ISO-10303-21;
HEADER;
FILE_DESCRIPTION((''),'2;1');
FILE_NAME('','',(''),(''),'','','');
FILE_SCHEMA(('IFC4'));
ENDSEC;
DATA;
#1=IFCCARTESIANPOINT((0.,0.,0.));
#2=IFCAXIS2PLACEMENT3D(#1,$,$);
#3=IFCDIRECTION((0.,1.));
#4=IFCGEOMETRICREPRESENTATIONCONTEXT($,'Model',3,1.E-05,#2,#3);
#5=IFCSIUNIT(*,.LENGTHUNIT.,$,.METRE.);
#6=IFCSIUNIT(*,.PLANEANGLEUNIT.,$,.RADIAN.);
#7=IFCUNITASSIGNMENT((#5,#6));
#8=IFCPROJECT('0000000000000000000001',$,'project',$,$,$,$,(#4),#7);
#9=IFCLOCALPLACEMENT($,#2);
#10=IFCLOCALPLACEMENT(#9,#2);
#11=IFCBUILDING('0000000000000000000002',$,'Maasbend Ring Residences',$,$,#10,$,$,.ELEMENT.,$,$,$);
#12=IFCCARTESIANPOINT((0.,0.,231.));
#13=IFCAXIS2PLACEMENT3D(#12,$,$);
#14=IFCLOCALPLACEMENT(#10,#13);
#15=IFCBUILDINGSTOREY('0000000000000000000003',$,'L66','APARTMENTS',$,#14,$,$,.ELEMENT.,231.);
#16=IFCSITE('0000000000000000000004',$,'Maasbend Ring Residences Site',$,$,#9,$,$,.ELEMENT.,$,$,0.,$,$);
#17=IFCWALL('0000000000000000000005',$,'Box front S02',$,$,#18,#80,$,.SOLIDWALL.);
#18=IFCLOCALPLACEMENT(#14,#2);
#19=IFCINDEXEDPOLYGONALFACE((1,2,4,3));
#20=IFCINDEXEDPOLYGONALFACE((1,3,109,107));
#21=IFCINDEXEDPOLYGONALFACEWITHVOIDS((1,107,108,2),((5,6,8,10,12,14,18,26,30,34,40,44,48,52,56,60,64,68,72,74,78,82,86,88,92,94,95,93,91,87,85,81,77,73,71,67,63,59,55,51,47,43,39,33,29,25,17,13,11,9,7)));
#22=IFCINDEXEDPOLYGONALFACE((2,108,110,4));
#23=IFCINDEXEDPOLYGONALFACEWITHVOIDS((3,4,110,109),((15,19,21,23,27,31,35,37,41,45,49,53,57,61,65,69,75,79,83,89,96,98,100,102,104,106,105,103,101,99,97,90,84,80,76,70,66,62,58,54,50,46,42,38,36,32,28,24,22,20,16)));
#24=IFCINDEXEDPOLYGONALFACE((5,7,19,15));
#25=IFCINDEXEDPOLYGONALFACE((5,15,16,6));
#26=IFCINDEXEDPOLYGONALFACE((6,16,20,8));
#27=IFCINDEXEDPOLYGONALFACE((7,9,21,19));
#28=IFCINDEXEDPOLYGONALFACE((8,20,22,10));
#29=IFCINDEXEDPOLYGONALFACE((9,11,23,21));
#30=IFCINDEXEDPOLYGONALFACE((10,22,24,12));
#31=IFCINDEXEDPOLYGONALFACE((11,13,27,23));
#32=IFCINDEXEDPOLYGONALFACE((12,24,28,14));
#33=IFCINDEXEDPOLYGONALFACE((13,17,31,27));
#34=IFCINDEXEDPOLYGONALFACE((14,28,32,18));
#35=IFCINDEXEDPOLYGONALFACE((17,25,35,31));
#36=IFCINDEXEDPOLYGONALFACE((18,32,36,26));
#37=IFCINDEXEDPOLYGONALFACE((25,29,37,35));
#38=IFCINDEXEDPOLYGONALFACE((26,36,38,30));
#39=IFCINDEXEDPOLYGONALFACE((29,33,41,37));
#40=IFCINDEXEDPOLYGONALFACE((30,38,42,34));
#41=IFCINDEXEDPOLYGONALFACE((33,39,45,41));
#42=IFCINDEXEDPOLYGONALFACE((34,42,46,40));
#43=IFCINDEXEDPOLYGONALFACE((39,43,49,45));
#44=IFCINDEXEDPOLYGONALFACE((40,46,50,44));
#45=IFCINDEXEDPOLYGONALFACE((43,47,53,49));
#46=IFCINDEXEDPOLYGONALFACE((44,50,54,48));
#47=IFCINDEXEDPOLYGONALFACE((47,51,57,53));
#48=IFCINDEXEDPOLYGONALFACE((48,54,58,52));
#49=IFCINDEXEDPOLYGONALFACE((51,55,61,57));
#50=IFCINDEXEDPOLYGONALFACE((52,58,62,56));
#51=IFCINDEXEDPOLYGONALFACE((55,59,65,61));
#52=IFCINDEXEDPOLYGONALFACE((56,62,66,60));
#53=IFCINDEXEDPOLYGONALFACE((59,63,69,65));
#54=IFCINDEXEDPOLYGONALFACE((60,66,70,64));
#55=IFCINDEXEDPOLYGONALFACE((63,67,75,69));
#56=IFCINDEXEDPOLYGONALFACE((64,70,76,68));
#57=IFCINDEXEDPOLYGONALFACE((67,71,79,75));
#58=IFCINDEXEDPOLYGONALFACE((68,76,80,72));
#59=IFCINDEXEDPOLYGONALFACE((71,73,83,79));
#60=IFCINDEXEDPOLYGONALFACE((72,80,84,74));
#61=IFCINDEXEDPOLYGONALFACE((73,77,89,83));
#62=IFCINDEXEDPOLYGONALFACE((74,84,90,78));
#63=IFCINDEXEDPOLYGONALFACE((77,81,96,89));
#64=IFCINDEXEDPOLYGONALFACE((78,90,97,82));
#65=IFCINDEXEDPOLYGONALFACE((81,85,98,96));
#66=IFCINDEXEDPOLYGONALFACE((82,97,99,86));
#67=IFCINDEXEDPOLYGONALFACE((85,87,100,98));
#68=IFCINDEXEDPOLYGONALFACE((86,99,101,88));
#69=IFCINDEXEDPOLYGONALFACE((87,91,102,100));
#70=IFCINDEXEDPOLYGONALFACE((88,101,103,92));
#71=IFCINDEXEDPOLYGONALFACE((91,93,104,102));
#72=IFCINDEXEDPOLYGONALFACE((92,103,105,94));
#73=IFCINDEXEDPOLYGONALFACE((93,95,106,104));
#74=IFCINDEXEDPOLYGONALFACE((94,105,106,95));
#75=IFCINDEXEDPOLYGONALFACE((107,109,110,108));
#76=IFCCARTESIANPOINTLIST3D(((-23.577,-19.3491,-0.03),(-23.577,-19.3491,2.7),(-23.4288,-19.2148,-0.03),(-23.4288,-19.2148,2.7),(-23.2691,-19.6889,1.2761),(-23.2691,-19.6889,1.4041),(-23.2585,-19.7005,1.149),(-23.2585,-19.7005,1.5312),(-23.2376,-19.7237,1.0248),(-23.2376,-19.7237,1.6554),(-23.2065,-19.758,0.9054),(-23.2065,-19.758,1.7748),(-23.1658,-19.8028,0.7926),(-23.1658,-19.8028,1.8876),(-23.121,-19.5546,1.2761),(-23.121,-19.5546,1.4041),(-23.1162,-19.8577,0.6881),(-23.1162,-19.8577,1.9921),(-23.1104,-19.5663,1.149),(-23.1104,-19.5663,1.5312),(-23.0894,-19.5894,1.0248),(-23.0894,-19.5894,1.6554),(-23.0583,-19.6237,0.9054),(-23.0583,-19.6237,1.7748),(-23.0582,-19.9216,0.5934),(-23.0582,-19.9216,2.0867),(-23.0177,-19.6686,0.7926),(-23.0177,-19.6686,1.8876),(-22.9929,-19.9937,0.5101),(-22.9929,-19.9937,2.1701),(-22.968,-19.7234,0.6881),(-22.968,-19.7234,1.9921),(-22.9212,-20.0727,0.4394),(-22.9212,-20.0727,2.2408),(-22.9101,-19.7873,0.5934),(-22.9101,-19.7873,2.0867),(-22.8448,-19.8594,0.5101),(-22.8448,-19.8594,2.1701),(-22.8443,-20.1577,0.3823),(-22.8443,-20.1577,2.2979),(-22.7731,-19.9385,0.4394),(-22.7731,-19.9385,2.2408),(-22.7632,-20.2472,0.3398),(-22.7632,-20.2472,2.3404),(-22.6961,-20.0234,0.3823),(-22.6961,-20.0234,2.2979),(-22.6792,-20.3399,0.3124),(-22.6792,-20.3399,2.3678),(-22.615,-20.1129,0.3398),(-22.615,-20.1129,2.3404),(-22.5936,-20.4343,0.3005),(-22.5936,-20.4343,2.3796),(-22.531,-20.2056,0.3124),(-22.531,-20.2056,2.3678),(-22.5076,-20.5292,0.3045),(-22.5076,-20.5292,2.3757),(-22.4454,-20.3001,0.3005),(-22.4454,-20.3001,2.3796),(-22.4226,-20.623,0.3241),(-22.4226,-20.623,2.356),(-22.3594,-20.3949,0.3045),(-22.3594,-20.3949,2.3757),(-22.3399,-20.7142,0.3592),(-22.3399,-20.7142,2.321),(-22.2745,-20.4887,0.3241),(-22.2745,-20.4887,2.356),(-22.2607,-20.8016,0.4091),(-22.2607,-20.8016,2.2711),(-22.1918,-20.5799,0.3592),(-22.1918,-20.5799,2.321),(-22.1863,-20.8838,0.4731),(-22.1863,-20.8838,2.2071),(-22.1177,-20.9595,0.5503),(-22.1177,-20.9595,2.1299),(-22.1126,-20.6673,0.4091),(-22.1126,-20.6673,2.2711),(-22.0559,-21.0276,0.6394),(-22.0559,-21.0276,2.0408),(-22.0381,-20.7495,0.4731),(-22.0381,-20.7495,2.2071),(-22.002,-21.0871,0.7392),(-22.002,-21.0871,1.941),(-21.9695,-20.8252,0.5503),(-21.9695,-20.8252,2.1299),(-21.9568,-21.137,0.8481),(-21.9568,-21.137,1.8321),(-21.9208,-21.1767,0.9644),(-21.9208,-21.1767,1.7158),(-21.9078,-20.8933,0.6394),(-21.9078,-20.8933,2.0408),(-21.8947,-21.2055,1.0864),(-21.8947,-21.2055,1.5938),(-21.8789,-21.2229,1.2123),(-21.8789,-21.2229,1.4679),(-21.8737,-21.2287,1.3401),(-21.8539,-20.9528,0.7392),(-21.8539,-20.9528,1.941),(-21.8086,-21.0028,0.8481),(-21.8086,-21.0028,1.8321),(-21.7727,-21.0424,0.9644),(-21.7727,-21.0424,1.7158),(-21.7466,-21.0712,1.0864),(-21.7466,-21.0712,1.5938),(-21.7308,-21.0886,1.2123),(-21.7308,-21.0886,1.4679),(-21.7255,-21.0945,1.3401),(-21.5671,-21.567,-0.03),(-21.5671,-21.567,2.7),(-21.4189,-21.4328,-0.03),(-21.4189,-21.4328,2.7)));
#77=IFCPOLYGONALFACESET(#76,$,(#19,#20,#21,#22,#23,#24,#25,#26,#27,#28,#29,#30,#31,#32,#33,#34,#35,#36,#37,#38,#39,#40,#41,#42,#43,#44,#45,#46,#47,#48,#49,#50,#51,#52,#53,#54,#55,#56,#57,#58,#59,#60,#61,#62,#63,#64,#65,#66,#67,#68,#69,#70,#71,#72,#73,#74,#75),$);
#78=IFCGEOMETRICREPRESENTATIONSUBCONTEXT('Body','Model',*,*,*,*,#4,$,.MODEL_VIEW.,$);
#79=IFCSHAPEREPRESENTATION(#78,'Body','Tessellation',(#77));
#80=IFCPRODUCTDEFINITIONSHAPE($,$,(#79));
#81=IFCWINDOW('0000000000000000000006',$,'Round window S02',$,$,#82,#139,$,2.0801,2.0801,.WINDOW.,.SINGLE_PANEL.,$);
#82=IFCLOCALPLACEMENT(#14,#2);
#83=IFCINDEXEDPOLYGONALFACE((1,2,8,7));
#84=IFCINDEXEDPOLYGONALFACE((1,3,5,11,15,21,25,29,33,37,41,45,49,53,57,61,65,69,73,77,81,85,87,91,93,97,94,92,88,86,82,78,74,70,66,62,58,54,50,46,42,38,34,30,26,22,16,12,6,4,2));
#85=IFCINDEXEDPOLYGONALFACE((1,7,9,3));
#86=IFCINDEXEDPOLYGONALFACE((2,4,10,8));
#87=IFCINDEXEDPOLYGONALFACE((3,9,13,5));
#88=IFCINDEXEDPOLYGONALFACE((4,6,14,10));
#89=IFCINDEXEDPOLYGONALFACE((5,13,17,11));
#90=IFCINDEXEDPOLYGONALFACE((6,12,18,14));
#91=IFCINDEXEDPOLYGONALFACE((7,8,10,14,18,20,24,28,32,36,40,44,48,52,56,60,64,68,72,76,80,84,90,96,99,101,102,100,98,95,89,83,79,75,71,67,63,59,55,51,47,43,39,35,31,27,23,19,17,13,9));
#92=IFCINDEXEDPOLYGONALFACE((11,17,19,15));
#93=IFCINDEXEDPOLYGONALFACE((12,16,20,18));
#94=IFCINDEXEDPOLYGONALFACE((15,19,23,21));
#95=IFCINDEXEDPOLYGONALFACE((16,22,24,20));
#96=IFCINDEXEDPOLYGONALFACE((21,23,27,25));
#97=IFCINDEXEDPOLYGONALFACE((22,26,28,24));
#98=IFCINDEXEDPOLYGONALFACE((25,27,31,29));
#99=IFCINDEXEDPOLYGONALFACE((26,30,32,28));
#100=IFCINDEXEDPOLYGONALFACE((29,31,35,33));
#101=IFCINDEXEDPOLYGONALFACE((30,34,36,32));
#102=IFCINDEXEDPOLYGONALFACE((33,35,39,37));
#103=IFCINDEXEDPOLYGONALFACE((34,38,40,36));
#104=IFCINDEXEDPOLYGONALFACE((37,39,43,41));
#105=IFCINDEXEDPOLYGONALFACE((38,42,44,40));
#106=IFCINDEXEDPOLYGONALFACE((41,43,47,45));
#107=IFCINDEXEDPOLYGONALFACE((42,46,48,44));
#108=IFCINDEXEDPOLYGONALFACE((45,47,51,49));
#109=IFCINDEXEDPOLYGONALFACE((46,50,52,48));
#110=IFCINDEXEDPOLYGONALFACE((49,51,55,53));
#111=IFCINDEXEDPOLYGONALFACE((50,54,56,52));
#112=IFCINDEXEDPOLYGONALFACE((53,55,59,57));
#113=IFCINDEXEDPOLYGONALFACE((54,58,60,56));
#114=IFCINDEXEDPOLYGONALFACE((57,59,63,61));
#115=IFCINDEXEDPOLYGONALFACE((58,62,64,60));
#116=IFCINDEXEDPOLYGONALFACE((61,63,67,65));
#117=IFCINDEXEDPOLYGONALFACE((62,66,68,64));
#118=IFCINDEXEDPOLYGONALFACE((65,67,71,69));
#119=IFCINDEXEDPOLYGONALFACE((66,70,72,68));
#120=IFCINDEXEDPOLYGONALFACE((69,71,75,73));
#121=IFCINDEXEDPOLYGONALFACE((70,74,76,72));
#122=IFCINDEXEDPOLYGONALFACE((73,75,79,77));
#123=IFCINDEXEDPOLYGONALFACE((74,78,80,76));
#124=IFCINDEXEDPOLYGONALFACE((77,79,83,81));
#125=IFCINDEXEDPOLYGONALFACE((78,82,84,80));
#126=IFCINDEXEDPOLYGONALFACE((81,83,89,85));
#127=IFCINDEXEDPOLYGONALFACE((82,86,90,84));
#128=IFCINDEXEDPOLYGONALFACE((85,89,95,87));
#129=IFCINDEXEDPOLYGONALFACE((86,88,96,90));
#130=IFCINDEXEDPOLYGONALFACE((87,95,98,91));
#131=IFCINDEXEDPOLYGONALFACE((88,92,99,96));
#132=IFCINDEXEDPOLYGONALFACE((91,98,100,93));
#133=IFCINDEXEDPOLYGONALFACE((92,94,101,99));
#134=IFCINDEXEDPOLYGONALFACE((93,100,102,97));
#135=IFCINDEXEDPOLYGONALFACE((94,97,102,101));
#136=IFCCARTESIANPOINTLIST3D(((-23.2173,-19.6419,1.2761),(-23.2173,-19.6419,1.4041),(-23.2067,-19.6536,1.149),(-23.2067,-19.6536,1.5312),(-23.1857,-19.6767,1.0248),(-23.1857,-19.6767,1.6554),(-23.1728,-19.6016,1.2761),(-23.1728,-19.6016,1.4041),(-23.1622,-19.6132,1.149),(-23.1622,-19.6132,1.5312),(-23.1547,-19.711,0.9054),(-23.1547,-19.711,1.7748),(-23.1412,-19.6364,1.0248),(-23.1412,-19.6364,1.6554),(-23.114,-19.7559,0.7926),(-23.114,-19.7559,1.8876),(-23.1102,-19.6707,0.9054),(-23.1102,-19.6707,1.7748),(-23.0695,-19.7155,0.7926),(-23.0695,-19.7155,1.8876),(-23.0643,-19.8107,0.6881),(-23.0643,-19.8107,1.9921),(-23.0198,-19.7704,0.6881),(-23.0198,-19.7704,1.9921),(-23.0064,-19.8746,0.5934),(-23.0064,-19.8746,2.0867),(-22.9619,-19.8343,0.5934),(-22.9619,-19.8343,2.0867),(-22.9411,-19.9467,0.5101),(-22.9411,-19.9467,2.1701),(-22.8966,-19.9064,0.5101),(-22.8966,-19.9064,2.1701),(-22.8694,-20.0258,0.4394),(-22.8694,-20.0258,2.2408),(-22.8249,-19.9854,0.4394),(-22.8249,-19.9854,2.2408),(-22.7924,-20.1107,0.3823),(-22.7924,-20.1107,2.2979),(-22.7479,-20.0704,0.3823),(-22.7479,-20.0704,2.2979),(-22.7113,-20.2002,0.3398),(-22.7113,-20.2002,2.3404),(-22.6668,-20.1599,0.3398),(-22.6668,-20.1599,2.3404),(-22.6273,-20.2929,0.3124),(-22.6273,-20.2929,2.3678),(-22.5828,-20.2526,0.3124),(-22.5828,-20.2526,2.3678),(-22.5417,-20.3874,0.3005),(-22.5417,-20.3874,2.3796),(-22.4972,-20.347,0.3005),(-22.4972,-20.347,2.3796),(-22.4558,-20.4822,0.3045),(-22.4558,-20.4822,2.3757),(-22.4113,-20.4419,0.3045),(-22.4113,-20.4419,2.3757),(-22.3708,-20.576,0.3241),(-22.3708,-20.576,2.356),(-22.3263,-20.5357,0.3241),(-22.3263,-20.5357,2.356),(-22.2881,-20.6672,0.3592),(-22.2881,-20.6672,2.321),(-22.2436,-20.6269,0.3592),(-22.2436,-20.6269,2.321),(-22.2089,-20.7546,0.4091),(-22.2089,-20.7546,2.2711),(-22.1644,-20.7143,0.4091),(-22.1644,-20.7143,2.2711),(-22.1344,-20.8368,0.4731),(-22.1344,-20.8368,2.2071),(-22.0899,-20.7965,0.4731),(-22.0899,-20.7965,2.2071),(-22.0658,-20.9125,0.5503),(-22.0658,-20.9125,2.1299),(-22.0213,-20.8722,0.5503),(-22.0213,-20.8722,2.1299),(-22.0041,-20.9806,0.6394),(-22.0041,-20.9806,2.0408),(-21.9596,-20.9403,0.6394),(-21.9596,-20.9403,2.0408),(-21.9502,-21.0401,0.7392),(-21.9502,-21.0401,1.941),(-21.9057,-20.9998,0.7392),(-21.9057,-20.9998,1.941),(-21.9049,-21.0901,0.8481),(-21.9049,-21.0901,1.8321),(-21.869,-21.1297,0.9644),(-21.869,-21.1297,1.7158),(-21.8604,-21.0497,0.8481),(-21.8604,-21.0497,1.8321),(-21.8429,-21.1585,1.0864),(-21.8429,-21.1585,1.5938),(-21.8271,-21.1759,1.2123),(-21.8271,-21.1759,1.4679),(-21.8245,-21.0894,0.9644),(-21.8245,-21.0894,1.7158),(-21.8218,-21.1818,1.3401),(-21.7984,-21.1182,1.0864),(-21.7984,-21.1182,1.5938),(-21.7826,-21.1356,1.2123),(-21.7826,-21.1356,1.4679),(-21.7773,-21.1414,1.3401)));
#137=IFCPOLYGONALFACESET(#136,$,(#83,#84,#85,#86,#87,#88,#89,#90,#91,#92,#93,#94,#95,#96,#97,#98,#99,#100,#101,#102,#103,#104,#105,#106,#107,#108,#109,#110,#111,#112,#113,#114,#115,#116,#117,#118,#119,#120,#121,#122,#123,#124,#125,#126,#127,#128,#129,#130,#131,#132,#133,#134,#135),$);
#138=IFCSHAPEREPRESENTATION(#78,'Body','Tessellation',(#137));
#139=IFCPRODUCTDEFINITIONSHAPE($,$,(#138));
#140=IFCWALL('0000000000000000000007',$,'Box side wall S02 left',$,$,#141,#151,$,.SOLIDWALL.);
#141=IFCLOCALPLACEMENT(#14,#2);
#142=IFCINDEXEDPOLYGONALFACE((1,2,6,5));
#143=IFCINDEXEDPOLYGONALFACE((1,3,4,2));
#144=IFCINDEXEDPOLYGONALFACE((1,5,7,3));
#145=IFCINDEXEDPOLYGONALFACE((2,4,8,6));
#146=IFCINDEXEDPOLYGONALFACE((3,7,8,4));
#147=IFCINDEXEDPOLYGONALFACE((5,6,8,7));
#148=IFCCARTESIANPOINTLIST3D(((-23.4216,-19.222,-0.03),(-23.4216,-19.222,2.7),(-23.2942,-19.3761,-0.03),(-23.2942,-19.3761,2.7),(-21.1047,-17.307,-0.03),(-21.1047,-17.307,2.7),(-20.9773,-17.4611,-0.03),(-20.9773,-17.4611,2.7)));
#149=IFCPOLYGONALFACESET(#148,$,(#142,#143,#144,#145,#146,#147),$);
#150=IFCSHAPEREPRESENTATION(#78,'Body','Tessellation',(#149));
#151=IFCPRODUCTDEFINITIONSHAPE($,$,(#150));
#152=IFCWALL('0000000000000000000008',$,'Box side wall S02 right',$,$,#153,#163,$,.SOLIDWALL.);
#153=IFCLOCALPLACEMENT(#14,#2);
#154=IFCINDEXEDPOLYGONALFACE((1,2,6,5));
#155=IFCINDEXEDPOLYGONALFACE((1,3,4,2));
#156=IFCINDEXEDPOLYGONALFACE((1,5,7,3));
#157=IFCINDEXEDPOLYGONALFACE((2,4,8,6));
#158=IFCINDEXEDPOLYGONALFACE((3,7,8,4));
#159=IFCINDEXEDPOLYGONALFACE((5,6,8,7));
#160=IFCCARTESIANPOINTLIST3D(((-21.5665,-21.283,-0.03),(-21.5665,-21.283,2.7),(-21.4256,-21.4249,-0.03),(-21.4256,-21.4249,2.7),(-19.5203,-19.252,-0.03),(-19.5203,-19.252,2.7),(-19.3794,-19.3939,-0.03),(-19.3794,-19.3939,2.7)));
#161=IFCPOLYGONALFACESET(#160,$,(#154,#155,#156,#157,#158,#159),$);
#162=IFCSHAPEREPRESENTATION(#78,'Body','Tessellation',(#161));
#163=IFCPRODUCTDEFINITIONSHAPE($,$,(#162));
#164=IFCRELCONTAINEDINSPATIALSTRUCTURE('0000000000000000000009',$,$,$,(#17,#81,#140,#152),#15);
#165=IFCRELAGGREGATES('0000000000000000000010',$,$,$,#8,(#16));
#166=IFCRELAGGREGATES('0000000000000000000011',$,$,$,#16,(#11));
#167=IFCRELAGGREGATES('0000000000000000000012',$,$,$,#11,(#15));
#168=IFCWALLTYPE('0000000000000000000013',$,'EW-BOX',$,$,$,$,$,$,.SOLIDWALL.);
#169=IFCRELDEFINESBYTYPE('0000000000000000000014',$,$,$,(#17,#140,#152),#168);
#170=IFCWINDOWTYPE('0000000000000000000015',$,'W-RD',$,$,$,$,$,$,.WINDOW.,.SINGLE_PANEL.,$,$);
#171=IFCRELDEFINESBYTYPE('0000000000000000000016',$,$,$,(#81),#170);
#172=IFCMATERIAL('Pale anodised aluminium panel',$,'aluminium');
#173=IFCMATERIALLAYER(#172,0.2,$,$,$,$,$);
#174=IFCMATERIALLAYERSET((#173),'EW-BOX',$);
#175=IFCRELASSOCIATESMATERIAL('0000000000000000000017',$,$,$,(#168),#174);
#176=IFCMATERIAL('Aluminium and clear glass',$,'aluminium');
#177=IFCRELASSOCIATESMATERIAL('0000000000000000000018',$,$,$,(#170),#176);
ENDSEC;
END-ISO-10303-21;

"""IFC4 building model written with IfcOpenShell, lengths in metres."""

from ifc_helpers import new_model, si_unit, direction, frame, frame_2d, origin, place, context, subcontext, project, spatial, rectangle, circle, extrude, material, layer, layer_set, type_object, element, fill, save


model = new_model("IFC4")

# Units and contexts
model_context = context("Model", 3, precision=1e-05, world=origin(), true_north=direction((0.0, 1.0)))
body_context = subcontext(model_context, "Body", "Model", "MODEL_VIEW")
ifc_project = project(units=[si_unit("LENGTHUNIT", "METRE"), si_unit("PLANEANGLEUNIT", "RADIAN")], contexts=[model_context])

# Site, building, storey
site_placement = place(None, origin())
site = spatial("IfcSite", under=ifc_project, at=site_placement, Name="Maasbend Ring Residences Site", CompositionType="ELEMENT", RefElevation=0.0)
building_placement = place(site_placement, origin())
building = spatial("IfcBuilding", under=site, at=building_placement, Name="Maasbend Ring Residences", CompositionType="ELEMENT")
storey_placement = place(building_placement, frame((0.0, 0.0, 231.0)))
storey = spatial("IfcBuildingStorey", under=building, at=storey_placement, Name="L66", Description="APARTMENTS", CompositionType="ELEMENT", Elevation=231.0)

# Wall, opening, window
ifc_material_1 = material(Name="Pale anodised aluminium panel", Category="aluminium")
ifc_layer_1 = layer(ifc_material_1, 0.2)
ifc_layer_set_1 = layer_set([ifc_layer_1], Name="EW-BOX")
wall_type_1 = type_object("IfcWallType", Name="EW-BOX", PredefinedType="SOLIDWALL", material=ifc_layer_set_1)
wall_1_placement = place(storey_placement, frame((-23.5029, -19.282, -0.03), z_axis=(0.0, 0.0, 1.0), x_axis=(0.671507, -0.740998, 0.0)))
wall_1 = element("IfcWall", 1, at=wall_1_placement, inside=storey, type_object=wall_type_1, Name="Box front S02", PredefinedType="SOLIDWALL", context=body_context, shape_type="SweptSolid", body=[
    extrude(rectangle(XDim=2.9932, YDim=0.2, at=frame_2d((1.4966, 0.0))), origin(), (0.0, 0.0, 1.0), 2.73),
])
opening_1_placement = place(wall_1_placement, frame((0.4565, 0.0, 0.3301)))
opening_1 = element("IfcOpeningElement", 2, at=opening_1_placement, cuts=wall_1, PredefinedType="OPENING", context=body_context, shape_type="SweptSolid", body=[
    extrude(circle(Radius=1.04, at=frame_2d((1.04, 1.04))), frame((0.0, 0.1099, 0.0), z_axis=(0.0, -1.0, 0.0), x_axis=(1.0, 0.0, 0.0)), (0.0, 0.0, 1.0), 0.22),
])
ifc_material_2 = material(Name="Aluminium and clear glass", Category="aluminium")
window_type_1 = type_object("IfcWindowType", Name="W-RD", PartitioningType="SINGLE_PANEL", PredefinedType="WINDOW", material=ifc_material_2)
window_1_placement = place(opening_1_placement, origin())
window_1 = element("IfcWindow", 3, at=window_1_placement, inside=storey, type_object=window_type_1, Name="Round window S02", OverallHeight=2.0801, OverallWidth=2.0801, PartitioningType="SINGLE_PANEL", PredefinedType="WINDOW", context=body_context, shape_type="SweptSolid", body=[
    extrude(circle(Radius=1.04, at=frame_2d((1.04, 1.04))), frame((0.0, 0.03, 0.0), z_axis=(0.0, -1.0, 0.0), x_axis=(1.0, 0.0, 0.0)), (0.0, 0.0, 1.0), 0.0601),
])
fill(opening_1, window_1)

# Walls
wall_2_placement = place(storey_placement, frame((-21.041, -17.384, -0.03), z_axis=(0.0, 0.0, 1.0), x_axis=(-0.770785, -0.637096, 0.0)))
element("IfcWall", 4, at=wall_2_placement, inside=storey, type_object=wall_type_1, Name="Box side wall S02 left", PredefinedType="SOLIDWALL", context=body_context, shape_type="SweptSolid", body=[
    extrude(rectangle(XDim=3.0059, YDim=0.2, at=frame_2d((1.5029, 0.0))), origin(), (0.0, 0.0, 1.0), 2.73),
])
wall_3_placement = place(storey_placement, frame((-19.45, -19.323, -0.03), z_axis=(0.0, 0.0, 1.0), x_axis=(-0.709727, -0.704477, 0.0)))
element("IfcWall", 5, at=wall_3_placement, inside=storey, type_object=wall_type_1, Name="Box side wall S02 right", PredefinedType="SOLIDWALL", context=body_context, shape_type="SweptSolid", body=[
    extrude(rectangle(XDim=2.8831, YDim=0.2, at=frame_2d((1.4414, 0.0))), origin(), (0.0, 0.0, 1.0), 2.73),
])

save(model, "model.ifc")
